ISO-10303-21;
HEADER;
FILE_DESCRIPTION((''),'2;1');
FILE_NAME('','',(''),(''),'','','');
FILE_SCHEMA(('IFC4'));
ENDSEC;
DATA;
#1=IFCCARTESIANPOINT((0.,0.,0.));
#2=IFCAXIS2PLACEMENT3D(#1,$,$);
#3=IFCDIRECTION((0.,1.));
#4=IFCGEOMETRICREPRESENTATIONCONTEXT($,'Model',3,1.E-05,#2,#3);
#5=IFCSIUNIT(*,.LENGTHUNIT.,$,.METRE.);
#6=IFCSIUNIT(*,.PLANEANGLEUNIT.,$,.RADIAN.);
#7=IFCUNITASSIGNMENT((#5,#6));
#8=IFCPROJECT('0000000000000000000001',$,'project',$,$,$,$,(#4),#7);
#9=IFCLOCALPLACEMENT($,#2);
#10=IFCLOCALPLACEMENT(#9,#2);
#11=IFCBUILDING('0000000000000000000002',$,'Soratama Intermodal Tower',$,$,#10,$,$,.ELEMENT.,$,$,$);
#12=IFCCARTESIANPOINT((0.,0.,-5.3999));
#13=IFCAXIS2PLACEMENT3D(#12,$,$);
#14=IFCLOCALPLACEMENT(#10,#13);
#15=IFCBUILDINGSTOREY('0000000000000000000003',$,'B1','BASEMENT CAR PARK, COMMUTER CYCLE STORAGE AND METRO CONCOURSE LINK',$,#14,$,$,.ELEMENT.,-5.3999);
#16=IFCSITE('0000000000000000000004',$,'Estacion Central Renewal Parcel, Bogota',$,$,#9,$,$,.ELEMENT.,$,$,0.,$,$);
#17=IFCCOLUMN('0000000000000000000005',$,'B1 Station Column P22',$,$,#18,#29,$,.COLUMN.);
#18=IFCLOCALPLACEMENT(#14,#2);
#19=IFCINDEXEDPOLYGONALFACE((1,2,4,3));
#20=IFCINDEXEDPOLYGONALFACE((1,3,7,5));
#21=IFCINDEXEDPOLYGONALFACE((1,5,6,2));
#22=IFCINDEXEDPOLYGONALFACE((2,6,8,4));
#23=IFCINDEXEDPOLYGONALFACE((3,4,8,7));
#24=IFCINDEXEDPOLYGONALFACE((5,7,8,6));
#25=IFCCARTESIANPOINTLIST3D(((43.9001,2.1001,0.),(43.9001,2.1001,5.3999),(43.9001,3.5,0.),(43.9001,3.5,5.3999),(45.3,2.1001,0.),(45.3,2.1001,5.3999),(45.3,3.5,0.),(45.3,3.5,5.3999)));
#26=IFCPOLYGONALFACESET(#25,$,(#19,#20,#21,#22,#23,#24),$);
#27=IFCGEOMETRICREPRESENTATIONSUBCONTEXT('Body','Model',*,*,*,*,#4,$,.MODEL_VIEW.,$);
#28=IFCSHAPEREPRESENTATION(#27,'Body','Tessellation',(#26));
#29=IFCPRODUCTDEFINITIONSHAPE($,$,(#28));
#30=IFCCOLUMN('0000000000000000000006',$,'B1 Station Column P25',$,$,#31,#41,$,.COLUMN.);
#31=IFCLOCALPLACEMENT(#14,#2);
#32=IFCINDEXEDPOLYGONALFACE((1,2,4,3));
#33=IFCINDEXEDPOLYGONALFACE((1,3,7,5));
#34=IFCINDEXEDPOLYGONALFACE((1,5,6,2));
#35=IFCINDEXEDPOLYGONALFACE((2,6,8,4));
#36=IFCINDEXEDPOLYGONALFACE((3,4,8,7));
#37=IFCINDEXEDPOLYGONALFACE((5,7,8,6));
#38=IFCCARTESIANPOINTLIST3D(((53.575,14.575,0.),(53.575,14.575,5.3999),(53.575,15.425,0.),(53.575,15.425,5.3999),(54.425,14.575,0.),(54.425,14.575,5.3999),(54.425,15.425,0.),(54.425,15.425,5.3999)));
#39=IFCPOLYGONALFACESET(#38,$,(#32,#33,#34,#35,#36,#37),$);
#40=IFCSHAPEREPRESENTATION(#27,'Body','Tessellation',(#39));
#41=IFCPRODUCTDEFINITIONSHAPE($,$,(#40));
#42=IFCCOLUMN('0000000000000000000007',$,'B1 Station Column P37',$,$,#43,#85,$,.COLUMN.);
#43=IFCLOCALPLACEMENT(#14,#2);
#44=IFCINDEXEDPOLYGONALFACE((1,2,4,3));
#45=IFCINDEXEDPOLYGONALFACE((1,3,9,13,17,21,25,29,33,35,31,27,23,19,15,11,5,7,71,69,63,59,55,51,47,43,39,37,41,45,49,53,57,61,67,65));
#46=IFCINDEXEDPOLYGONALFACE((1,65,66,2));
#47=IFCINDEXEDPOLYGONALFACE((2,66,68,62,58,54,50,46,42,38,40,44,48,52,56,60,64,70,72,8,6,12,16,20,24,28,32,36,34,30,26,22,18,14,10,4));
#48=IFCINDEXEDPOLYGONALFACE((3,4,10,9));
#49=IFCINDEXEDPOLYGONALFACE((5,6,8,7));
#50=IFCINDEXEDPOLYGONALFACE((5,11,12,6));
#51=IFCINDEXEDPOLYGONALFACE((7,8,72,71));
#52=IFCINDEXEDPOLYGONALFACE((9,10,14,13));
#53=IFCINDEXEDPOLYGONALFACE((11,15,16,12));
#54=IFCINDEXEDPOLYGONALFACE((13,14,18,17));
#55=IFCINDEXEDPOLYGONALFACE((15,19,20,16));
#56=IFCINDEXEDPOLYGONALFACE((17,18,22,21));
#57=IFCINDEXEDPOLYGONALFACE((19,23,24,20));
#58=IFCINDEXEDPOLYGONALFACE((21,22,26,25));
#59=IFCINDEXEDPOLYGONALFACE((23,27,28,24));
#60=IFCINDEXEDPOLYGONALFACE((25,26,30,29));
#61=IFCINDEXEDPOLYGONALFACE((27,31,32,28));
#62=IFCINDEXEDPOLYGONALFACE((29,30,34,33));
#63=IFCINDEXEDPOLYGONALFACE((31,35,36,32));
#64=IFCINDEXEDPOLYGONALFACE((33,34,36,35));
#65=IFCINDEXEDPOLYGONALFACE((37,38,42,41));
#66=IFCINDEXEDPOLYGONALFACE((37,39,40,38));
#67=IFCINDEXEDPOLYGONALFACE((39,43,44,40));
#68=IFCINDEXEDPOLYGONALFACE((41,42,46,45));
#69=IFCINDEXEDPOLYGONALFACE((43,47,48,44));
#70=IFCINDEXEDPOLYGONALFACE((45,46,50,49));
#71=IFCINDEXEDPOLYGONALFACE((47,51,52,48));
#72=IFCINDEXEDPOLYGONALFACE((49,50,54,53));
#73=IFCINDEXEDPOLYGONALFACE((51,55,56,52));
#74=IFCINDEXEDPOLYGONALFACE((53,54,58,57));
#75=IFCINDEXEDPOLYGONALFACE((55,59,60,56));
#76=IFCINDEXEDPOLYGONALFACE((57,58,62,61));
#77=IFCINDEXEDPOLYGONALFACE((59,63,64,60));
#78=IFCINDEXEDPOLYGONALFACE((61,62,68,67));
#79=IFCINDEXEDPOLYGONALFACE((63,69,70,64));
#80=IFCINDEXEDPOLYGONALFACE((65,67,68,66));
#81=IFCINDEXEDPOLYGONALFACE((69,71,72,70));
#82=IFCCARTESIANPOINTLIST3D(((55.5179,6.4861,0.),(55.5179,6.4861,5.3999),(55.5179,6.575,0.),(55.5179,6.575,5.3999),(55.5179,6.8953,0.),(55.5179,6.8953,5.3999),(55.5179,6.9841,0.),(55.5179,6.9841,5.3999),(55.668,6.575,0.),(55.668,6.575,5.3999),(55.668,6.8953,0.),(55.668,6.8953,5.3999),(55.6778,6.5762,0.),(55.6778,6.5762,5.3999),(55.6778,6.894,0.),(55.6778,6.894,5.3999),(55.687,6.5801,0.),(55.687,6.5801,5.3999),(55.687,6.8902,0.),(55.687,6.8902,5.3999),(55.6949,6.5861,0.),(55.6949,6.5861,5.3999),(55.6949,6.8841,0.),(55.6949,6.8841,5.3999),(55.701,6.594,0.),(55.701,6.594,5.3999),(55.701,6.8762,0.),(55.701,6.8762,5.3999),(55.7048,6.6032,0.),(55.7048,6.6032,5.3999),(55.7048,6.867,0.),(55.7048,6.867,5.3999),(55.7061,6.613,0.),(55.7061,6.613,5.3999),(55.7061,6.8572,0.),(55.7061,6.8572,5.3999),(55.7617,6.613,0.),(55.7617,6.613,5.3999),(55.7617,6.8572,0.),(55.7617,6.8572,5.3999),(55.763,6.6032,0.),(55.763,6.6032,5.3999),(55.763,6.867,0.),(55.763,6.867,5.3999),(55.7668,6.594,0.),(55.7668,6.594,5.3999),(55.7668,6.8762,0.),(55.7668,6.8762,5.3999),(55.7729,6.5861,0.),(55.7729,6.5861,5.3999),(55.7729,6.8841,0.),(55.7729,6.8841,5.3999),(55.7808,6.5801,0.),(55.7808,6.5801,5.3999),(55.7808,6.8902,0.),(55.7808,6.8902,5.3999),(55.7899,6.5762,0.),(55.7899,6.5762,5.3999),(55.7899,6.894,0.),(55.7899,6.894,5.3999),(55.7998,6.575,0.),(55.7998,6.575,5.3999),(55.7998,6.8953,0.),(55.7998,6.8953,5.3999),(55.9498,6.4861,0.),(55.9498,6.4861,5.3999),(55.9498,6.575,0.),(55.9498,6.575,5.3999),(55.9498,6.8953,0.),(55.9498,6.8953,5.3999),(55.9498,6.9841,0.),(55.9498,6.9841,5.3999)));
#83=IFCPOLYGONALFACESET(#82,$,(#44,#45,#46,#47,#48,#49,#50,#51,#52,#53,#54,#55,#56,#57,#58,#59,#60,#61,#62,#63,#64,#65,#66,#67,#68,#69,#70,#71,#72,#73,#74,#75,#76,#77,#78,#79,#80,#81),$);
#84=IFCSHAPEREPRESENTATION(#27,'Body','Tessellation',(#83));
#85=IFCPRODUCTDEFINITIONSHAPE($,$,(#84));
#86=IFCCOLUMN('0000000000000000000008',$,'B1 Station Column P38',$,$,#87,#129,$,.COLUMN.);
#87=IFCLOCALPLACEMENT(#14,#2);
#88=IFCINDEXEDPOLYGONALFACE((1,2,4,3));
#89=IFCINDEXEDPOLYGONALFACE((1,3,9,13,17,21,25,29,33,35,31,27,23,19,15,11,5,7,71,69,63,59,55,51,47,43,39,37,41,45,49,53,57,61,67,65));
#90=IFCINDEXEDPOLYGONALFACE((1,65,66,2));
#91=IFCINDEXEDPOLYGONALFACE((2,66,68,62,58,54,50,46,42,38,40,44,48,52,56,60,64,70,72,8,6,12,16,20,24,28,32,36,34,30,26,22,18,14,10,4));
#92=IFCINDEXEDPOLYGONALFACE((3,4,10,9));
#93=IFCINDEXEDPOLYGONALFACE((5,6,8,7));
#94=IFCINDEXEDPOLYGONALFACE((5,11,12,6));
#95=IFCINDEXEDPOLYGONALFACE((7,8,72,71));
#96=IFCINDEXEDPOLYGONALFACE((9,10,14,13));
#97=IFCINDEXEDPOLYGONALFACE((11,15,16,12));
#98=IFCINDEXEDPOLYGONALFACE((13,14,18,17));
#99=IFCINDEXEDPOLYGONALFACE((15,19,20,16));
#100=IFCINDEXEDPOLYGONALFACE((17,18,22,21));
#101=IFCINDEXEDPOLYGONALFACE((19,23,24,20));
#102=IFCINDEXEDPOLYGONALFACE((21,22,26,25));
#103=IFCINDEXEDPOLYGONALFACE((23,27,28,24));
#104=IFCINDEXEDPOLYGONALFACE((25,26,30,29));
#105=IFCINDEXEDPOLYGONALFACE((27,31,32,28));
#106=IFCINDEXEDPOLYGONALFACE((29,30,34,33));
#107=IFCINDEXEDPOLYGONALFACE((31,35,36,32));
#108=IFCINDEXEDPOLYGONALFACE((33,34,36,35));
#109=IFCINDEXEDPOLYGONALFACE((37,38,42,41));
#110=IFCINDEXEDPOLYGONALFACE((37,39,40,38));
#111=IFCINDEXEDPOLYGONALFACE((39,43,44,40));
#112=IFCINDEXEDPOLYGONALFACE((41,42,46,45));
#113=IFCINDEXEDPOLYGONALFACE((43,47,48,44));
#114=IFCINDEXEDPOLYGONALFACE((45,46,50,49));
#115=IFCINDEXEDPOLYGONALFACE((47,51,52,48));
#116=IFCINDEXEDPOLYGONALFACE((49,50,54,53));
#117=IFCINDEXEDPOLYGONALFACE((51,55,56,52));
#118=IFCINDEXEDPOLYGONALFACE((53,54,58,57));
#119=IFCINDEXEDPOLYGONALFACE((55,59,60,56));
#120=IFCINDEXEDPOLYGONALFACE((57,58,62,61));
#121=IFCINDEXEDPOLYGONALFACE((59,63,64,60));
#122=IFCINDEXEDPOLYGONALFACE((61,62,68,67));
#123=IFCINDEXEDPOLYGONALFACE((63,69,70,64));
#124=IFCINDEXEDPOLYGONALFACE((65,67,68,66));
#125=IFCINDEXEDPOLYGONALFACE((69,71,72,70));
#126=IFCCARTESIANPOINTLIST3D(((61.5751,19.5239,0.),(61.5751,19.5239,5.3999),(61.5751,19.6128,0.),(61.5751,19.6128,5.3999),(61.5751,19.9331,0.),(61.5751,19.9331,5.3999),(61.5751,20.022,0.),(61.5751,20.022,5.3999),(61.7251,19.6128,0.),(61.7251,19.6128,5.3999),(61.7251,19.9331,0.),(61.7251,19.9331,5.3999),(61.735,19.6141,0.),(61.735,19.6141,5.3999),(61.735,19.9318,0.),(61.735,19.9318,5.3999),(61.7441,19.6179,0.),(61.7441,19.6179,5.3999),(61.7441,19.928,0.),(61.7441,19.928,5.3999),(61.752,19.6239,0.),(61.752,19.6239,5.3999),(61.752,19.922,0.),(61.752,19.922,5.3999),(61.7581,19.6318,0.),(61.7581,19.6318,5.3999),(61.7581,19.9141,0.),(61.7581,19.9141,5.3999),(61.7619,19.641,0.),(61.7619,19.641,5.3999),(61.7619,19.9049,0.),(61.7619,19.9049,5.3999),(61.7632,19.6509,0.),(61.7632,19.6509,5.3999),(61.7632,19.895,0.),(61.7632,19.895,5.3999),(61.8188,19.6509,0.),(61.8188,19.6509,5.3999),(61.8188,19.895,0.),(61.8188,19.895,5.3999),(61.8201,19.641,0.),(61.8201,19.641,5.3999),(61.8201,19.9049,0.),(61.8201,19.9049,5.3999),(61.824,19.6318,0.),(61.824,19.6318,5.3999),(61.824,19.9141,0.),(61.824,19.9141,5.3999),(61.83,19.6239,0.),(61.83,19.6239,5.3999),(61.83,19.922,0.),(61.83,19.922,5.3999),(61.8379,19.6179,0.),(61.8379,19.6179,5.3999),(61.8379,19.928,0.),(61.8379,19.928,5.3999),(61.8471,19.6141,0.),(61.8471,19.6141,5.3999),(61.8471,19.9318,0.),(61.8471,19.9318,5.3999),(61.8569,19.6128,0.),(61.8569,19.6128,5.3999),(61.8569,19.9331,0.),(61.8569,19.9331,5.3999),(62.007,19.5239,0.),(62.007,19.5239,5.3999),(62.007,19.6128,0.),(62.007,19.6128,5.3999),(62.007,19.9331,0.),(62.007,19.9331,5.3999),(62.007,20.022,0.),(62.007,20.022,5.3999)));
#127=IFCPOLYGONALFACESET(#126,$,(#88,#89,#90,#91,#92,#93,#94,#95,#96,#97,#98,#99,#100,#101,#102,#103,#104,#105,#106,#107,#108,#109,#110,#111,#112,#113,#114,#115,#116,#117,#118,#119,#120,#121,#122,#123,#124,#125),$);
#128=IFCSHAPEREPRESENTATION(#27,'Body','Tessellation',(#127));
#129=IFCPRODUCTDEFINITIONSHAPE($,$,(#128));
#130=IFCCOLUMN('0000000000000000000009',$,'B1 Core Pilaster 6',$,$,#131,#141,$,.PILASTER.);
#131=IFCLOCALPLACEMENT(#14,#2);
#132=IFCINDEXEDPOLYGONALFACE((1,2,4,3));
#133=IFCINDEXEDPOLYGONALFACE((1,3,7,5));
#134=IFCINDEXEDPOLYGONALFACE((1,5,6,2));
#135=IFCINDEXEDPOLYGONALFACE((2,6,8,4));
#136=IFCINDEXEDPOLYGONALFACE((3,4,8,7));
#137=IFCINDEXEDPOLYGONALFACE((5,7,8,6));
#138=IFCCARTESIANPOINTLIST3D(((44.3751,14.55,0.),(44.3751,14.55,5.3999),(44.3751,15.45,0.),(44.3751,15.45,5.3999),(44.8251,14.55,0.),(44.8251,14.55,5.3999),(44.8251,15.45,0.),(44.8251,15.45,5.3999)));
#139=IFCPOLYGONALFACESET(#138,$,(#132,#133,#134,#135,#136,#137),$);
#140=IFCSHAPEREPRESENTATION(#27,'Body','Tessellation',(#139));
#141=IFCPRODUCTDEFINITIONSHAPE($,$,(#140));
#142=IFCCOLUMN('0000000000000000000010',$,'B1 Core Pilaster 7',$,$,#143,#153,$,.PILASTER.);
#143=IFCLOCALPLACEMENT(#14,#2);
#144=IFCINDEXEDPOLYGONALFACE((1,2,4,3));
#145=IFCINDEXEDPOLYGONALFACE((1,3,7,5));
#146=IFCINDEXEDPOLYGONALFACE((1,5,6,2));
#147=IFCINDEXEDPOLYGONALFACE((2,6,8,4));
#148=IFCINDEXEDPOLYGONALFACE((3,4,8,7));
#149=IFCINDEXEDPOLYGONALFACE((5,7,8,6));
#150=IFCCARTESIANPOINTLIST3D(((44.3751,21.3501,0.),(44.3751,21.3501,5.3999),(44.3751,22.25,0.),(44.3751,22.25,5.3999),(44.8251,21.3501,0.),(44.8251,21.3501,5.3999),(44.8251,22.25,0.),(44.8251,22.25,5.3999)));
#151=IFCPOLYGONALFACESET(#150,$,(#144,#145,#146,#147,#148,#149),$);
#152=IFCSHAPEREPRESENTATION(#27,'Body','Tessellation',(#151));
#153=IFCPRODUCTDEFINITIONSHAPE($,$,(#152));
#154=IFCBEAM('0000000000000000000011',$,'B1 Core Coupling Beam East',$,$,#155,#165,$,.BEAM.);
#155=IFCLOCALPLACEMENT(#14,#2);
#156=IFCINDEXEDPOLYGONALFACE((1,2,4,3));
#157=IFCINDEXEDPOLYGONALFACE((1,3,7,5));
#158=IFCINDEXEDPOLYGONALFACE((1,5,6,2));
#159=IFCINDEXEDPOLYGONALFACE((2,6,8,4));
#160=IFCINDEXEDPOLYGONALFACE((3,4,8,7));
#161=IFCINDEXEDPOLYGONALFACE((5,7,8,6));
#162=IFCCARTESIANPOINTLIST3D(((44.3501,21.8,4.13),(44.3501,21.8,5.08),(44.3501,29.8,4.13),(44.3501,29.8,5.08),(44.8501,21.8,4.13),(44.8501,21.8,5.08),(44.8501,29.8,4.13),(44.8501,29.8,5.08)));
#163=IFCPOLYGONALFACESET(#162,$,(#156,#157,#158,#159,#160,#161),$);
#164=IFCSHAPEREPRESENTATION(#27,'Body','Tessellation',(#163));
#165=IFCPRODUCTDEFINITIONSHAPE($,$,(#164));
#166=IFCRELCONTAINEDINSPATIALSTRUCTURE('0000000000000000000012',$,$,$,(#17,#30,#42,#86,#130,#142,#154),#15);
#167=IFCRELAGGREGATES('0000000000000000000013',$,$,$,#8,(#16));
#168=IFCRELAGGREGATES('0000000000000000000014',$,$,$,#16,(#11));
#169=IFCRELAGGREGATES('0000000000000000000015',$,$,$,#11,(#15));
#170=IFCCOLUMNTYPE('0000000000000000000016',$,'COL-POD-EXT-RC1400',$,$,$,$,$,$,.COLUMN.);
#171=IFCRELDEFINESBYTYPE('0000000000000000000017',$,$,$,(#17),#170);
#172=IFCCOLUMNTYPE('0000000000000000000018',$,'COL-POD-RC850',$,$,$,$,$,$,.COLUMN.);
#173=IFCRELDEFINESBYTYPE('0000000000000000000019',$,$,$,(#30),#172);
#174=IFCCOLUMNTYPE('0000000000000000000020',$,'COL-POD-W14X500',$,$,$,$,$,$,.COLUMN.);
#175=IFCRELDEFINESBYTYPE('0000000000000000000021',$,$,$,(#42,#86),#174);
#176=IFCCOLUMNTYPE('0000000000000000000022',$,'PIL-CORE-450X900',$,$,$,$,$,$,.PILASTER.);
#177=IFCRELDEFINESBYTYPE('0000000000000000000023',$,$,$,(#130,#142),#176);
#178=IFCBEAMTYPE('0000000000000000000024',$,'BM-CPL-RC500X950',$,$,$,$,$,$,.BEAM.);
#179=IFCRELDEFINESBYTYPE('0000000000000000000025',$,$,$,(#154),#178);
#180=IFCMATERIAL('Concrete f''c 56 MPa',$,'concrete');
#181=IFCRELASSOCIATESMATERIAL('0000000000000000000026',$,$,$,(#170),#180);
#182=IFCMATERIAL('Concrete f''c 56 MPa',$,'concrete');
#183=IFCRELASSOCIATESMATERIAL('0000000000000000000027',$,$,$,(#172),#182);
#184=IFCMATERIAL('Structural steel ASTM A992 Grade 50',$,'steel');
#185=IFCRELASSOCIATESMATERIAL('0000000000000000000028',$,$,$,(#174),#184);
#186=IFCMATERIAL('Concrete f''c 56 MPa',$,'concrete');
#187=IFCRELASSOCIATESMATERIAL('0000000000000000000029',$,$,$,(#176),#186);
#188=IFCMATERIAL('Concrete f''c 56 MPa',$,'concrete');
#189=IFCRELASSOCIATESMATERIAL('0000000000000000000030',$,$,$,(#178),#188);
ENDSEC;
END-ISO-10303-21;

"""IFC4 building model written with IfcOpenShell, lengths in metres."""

from ifc_helpers import new_model, si_unit, direction, frame, origin, origin_2d, place, context, subcontext, project, spatial, rectangle, i_section, extrude, material, material_profile, profile_set, type_object, element, save


model = new_model("IFC4")

# Units and contexts
model_context = context("Model", 3, precision=1e-05, world=origin(), true_north=direction((0.0, 1.0)))
body_context = subcontext(model_context, "Body", "Model", "MODEL_VIEW")
ifc_project = project(units=[si_unit("LENGTHUNIT", "METRE"), si_unit("PLANEANGLEUNIT", "RADIAN")], contexts=[model_context])

# Site, building, storey
site_placement = place(None, origin())
site = spatial("IfcSite", under=ifc_project, at=site_placement, Name="Estacion Central Renewal Parcel, Bogota", CompositionType="ELEMENT", RefElevation=0.0)
building_placement = place(site_placement, origin())
building = spatial("IfcBuilding", under=site, at=building_placement, Name="Soratama Intermodal Tower", CompositionType="ELEMENT")
storey_placement = place(building_placement, frame((0.0, 0.0, -5.3999)))
storey = spatial("IfcBuildingStorey", under=building, at=storey_placement, Name="B1", Description="BASEMENT CAR PARK, COMMUTER CYCLE STORAGE AND METRO CONCOURSE LINK", CompositionType="ELEMENT", Elevation=-5.3999)

# Columns
ifc_material_1 = material(Name="Concrete f'c 56 MPa", Category="concrete")
ifc_material_profile_1 = material_profile(ifc_material_1, rectangle(XDim=1.3999, YDim=1.3999, at=origin_2d()), Name="RC1400X1400")
ifc_profile_set_1 = profile_set([ifc_material_profile_1], Name="Concrete f'c 56 MPa")
column_type_1 = type_object("IfcColumnType", Name="COL-POD-EXT-RC1400", PredefinedType="COLUMN", material=ifc_profile_set_1)
column_1_placement = place(storey_placement, frame((44.6001, 2.8, 0.0), z_axis=(0.0, 0.0, 1.0), x_axis=(1.0, 0.0, 0.0)))
element("IfcColumn", 1, at=column_1_placement, inside=storey, type_object=column_type_1, Name="B1 Station Column P22", PredefinedType="COLUMN", context=body_context, shape_type="SweptSolid", body=[
    extrude(rectangle(XDim=1.3999, YDim=1.3999, at=origin_2d()), origin(), (0.0, 0.0, 1.0), 5.3999),
])
ifc_material_2 = material(Name="Concrete f'c 56 MPa", Category="concrete")
ifc_material_profile_2 = material_profile(ifc_material_2, rectangle(XDim=0.8501, YDim=0.8501, at=origin_2d()), Name="RC850X850")
ifc_profile_set_2 = profile_set([ifc_material_profile_2], Name="Concrete f'c 56 MPa")
column_type_2 = type_object("IfcColumnType", Name="COL-POD-RC850", PredefinedType="COLUMN", material=ifc_profile_set_2)
column_2_placement = place(storey_placement, frame((54.0, 15.0, 0.0), z_axis=(0.0, 0.0, 1.0), x_axis=(1.0, 0.0, 0.0)))
element("IfcColumn", 2, at=column_2_placement, inside=storey, type_object=column_type_2, Name="B1 Station Column P25", PredefinedType="COLUMN", context=body_context, shape_type="SweptSolid", body=[
    extrude(rectangle(XDim=0.8501, YDim=0.8501, at=origin_2d()), origin(), (0.0, 0.0, 1.0), 5.3999),
])
ifc_material_3 = material(Name="Structural steel ASTM A992 Grade 50", Category="steel")
ifc_material_profile_3 = material_profile(ifc_material_3, i_section(OverallWidth=0.4319, OverallDepth=0.498, WebThickness=0.0557, FlangeThickness=0.0889, FilletRadius=0.0381, at=origin_2d()), Name="W14X500")
ifc_profile_set_3 = profile_set([ifc_material_profile_3], Name="Structural steel ASTM A992 Grade 50")
column_type_3 = type_object("IfcColumnType", Name="COL-POD-W14X500", PredefinedType="COLUMN", material=ifc_profile_set_3)
for number, where, z_axis, x_axis, name in (
    (3, (55.7339, 6.7351, 0.0), (0.0, 0.0, 1.0), (1.0, 0.0, 0.0), "B1 Station Column P37"),
    (4, (61.791, 19.7729, 0.0), (0.0, 0.0, 1.0), (1.0, 0.0, 0.0), "B1 Station Column P38"),
):
    element("IfcColumn", number, at=place(storey_placement, frame(where, z_axis=z_axis, x_axis=x_axis)), inside=storey, type_object=column_type_3, Name=name, PredefinedType="COLUMN", context=body_context, shape_type="SweptSolid", body=[
        extrude(i_section(OverallWidth=0.4319, OverallDepth=0.498, WebThickness=0.0557, FlangeThickness=0.0889, FilletRadius=0.0381, at=origin_2d()), origin(), (0.0, 0.0, 1.0), 5.3999),
    ])
ifc_material_4 = material(Name="Concrete f'c 56 MPa", Category="concrete")
ifc_material_profile_4 = material_profile(ifc_material_4, rectangle(XDim=0.45, YDim=0.8999, at=origin_2d()), Name="RC450X900")
ifc_profile_set_4 = profile_set([ifc_material_profile_4], Name="Concrete f'c 56 MPa")
column_type_4 = type_object("IfcColumnType", Name="PIL-CORE-450X900", PredefinedType="PILASTER", material=ifc_profile_set_4)
for number, where, z_axis, x_axis, name in (
    (5, (44.6001, 15.0, 0.0), (0.0, 0.0, 1.0), (1.0, 0.0, 0.0), "B1 Core Pilaster 6"),
    (6, (44.6001, 21.8, 0.0), (0.0, 0.0, 1.0), (1.0, 0.0, 0.0), "B1 Core Pilaster 7"),
):
    element("IfcColumn", number, at=place(storey_placement, frame(where, z_axis=z_axis, x_axis=x_axis)), inside=storey, type_object=column_type_4, Name=name, PredefinedType="PILASTER", context=body_context, shape_type="SweptSolid", body=[
        extrude(rectangle(XDim=0.45, YDim=0.8999, at=origin_2d()), origin(), (0.0, 0.0, 1.0), 5.3999),
    ])

# Beam
ifc_material_5 = material(Name="Concrete f'c 56 MPa", Category="concrete")
ifc_material_profile_5 = material_profile(ifc_material_5, rectangle(XDim=0.5, YDim=0.95, at=origin_2d()), Name="RC500X950")
ifc_profile_set_5 = profile_set([ifc_material_profile_5], Name="Concrete f'c 56 MPa")
beam_type_1 = type_object("IfcBeamType", Name="BM-CPL-RC500X950", PredefinedType="BEAM", material=ifc_profile_set_5)
beam_1_placement = place(storey_placement, frame((44.6001, 21.8, 4.605), z_axis=(0.0, 1.0, 0.0), x_axis=(-1.0, 0.0, 0.0)))
element("IfcBeam", 7, at=beam_1_placement, inside=storey, type_object=beam_type_1, Name="B1 Core Coupling Beam East", PredefinedType="BEAM", context=body_context, shape_type="SweptSolid", body=[
    extrude(rectangle(XDim=0.5, YDim=0.95, at=origin_2d()), origin(), (0.0, 0.0, 1.0), 8.0),
])

save(model, "model.ifc")
